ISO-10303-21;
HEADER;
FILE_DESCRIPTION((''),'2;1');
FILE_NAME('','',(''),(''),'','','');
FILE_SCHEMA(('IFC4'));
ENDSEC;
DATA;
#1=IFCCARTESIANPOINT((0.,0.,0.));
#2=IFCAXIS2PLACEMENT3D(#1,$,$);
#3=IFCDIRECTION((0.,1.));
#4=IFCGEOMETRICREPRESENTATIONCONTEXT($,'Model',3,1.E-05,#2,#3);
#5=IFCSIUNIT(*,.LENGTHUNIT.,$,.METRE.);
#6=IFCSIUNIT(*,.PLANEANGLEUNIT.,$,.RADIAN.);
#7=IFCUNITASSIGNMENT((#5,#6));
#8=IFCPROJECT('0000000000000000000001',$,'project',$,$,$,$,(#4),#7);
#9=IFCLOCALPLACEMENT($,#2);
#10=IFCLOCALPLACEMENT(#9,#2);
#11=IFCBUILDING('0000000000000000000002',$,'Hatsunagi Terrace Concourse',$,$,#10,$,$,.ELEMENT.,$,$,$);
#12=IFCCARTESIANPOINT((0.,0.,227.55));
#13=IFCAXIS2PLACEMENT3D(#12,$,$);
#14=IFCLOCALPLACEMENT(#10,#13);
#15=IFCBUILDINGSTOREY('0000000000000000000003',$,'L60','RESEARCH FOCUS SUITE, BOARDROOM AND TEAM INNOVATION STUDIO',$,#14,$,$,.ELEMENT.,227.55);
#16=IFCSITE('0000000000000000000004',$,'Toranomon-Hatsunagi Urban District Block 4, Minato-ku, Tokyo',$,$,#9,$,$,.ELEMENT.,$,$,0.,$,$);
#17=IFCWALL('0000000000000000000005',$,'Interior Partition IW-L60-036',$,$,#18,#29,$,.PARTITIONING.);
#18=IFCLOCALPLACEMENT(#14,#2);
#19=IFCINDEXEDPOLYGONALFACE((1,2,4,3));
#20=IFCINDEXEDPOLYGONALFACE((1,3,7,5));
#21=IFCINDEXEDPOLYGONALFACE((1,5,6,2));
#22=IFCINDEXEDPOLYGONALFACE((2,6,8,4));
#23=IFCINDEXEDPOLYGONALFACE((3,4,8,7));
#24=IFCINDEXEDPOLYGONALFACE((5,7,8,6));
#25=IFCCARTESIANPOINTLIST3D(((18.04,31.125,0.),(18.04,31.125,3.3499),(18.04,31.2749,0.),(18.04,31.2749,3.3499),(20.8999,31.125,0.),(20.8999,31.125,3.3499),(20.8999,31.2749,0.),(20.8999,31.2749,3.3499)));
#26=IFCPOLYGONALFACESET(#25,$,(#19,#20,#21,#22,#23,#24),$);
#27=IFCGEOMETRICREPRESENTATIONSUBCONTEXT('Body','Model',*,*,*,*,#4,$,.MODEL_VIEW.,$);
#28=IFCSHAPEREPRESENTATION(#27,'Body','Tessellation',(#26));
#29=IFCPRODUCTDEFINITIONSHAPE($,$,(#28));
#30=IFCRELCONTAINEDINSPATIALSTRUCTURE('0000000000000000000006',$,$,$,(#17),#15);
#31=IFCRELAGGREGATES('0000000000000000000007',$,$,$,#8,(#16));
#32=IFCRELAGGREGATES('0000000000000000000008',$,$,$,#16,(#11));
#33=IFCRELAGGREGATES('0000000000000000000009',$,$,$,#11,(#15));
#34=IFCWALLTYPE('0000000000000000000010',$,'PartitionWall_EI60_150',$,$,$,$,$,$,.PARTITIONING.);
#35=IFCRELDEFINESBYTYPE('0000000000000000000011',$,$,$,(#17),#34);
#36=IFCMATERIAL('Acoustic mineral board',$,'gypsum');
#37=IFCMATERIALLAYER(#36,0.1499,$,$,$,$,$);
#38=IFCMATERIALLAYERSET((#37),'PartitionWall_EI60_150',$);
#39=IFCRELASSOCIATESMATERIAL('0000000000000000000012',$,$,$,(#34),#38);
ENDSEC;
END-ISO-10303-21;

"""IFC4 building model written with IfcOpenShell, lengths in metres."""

from ifc_helpers import new_model, si_unit, direction, frame, frame_2d, origin, place, context, subcontext, project, spatial, rectangle, extrude, material, layer, layer_set, type_object, element, save


model = new_model("IFC4")

# Units and contexts
model_context = context("Model", 3, precision=1e-05, world=origin(), true_north=direction((0.0, 1.0)))
body_context = subcontext(model_context, "Body", "Model", "MODEL_VIEW")
ifc_project = project(units=[si_unit("LENGTHUNIT", "METRE"), si_unit("PLANEANGLEUNIT", "RADIAN")], contexts=[model_context])

# Site, building, storey
site_placement = place(None, origin())
site = spatial("IfcSite", under=ifc_project, at=site_placement, Name="Toranomon-Hatsunagi Urban District Block 4, Minato-ku, Tokyo", CompositionType="ELEMENT", RefElevation=0.0)
building_placement = place(site_placement, origin())
building = spatial("IfcBuilding", under=site, at=building_placement, Name="Hatsunagi Terrace Concourse", CompositionType="ELEMENT")
storey_placement = place(building_placement, frame((0.0, 0.0, 227.55)))
storey = spatial("IfcBuildingStorey", under=building, at=storey_placement, Name="L60", Description="RESEARCH FOCUS SUITE, BOARDROOM AND TEAM INNOVATION STUDIO", CompositionType="ELEMENT", Elevation=227.55)

# Wall
ifc_material_1 = material(Name="Acoustic mineral board", Category="gypsum")
ifc_layer_1 = layer(ifc_material_1, 0.1499)
ifc_layer_set_1 = layer_set([ifc_layer_1], Name="PartitionWall_EI60_150")
wall_type = type_object("IfcWallType", Name="PartitionWall_EI60_150", PredefinedType="PARTITIONING", material=ifc_layer_set_1)
for number, where, z_axis, x_axis, name in (
    (1, (18.04, 31.2, 0.0), (0.0, 0.0, 1.0), (1.0, 0.0, 0.0), "Interior Partition IW-L60-036"),
):
    element("IfcWall", number, at=place(storey_placement, frame(where, z_axis=z_axis, x_axis=x_axis)), inside=storey, type_object=wall_type, Name=name, PredefinedType="PARTITIONING", context=body_context, shape_type="SweptSolid", body=[
        extrude(rectangle(XDim=2.8599, YDim=0.1499, at=frame_2d((1.4299, 0.0))), origin(), (0.0, 0.0, 1.0), 3.3499),
    ])

save(model, "model.ifc")
